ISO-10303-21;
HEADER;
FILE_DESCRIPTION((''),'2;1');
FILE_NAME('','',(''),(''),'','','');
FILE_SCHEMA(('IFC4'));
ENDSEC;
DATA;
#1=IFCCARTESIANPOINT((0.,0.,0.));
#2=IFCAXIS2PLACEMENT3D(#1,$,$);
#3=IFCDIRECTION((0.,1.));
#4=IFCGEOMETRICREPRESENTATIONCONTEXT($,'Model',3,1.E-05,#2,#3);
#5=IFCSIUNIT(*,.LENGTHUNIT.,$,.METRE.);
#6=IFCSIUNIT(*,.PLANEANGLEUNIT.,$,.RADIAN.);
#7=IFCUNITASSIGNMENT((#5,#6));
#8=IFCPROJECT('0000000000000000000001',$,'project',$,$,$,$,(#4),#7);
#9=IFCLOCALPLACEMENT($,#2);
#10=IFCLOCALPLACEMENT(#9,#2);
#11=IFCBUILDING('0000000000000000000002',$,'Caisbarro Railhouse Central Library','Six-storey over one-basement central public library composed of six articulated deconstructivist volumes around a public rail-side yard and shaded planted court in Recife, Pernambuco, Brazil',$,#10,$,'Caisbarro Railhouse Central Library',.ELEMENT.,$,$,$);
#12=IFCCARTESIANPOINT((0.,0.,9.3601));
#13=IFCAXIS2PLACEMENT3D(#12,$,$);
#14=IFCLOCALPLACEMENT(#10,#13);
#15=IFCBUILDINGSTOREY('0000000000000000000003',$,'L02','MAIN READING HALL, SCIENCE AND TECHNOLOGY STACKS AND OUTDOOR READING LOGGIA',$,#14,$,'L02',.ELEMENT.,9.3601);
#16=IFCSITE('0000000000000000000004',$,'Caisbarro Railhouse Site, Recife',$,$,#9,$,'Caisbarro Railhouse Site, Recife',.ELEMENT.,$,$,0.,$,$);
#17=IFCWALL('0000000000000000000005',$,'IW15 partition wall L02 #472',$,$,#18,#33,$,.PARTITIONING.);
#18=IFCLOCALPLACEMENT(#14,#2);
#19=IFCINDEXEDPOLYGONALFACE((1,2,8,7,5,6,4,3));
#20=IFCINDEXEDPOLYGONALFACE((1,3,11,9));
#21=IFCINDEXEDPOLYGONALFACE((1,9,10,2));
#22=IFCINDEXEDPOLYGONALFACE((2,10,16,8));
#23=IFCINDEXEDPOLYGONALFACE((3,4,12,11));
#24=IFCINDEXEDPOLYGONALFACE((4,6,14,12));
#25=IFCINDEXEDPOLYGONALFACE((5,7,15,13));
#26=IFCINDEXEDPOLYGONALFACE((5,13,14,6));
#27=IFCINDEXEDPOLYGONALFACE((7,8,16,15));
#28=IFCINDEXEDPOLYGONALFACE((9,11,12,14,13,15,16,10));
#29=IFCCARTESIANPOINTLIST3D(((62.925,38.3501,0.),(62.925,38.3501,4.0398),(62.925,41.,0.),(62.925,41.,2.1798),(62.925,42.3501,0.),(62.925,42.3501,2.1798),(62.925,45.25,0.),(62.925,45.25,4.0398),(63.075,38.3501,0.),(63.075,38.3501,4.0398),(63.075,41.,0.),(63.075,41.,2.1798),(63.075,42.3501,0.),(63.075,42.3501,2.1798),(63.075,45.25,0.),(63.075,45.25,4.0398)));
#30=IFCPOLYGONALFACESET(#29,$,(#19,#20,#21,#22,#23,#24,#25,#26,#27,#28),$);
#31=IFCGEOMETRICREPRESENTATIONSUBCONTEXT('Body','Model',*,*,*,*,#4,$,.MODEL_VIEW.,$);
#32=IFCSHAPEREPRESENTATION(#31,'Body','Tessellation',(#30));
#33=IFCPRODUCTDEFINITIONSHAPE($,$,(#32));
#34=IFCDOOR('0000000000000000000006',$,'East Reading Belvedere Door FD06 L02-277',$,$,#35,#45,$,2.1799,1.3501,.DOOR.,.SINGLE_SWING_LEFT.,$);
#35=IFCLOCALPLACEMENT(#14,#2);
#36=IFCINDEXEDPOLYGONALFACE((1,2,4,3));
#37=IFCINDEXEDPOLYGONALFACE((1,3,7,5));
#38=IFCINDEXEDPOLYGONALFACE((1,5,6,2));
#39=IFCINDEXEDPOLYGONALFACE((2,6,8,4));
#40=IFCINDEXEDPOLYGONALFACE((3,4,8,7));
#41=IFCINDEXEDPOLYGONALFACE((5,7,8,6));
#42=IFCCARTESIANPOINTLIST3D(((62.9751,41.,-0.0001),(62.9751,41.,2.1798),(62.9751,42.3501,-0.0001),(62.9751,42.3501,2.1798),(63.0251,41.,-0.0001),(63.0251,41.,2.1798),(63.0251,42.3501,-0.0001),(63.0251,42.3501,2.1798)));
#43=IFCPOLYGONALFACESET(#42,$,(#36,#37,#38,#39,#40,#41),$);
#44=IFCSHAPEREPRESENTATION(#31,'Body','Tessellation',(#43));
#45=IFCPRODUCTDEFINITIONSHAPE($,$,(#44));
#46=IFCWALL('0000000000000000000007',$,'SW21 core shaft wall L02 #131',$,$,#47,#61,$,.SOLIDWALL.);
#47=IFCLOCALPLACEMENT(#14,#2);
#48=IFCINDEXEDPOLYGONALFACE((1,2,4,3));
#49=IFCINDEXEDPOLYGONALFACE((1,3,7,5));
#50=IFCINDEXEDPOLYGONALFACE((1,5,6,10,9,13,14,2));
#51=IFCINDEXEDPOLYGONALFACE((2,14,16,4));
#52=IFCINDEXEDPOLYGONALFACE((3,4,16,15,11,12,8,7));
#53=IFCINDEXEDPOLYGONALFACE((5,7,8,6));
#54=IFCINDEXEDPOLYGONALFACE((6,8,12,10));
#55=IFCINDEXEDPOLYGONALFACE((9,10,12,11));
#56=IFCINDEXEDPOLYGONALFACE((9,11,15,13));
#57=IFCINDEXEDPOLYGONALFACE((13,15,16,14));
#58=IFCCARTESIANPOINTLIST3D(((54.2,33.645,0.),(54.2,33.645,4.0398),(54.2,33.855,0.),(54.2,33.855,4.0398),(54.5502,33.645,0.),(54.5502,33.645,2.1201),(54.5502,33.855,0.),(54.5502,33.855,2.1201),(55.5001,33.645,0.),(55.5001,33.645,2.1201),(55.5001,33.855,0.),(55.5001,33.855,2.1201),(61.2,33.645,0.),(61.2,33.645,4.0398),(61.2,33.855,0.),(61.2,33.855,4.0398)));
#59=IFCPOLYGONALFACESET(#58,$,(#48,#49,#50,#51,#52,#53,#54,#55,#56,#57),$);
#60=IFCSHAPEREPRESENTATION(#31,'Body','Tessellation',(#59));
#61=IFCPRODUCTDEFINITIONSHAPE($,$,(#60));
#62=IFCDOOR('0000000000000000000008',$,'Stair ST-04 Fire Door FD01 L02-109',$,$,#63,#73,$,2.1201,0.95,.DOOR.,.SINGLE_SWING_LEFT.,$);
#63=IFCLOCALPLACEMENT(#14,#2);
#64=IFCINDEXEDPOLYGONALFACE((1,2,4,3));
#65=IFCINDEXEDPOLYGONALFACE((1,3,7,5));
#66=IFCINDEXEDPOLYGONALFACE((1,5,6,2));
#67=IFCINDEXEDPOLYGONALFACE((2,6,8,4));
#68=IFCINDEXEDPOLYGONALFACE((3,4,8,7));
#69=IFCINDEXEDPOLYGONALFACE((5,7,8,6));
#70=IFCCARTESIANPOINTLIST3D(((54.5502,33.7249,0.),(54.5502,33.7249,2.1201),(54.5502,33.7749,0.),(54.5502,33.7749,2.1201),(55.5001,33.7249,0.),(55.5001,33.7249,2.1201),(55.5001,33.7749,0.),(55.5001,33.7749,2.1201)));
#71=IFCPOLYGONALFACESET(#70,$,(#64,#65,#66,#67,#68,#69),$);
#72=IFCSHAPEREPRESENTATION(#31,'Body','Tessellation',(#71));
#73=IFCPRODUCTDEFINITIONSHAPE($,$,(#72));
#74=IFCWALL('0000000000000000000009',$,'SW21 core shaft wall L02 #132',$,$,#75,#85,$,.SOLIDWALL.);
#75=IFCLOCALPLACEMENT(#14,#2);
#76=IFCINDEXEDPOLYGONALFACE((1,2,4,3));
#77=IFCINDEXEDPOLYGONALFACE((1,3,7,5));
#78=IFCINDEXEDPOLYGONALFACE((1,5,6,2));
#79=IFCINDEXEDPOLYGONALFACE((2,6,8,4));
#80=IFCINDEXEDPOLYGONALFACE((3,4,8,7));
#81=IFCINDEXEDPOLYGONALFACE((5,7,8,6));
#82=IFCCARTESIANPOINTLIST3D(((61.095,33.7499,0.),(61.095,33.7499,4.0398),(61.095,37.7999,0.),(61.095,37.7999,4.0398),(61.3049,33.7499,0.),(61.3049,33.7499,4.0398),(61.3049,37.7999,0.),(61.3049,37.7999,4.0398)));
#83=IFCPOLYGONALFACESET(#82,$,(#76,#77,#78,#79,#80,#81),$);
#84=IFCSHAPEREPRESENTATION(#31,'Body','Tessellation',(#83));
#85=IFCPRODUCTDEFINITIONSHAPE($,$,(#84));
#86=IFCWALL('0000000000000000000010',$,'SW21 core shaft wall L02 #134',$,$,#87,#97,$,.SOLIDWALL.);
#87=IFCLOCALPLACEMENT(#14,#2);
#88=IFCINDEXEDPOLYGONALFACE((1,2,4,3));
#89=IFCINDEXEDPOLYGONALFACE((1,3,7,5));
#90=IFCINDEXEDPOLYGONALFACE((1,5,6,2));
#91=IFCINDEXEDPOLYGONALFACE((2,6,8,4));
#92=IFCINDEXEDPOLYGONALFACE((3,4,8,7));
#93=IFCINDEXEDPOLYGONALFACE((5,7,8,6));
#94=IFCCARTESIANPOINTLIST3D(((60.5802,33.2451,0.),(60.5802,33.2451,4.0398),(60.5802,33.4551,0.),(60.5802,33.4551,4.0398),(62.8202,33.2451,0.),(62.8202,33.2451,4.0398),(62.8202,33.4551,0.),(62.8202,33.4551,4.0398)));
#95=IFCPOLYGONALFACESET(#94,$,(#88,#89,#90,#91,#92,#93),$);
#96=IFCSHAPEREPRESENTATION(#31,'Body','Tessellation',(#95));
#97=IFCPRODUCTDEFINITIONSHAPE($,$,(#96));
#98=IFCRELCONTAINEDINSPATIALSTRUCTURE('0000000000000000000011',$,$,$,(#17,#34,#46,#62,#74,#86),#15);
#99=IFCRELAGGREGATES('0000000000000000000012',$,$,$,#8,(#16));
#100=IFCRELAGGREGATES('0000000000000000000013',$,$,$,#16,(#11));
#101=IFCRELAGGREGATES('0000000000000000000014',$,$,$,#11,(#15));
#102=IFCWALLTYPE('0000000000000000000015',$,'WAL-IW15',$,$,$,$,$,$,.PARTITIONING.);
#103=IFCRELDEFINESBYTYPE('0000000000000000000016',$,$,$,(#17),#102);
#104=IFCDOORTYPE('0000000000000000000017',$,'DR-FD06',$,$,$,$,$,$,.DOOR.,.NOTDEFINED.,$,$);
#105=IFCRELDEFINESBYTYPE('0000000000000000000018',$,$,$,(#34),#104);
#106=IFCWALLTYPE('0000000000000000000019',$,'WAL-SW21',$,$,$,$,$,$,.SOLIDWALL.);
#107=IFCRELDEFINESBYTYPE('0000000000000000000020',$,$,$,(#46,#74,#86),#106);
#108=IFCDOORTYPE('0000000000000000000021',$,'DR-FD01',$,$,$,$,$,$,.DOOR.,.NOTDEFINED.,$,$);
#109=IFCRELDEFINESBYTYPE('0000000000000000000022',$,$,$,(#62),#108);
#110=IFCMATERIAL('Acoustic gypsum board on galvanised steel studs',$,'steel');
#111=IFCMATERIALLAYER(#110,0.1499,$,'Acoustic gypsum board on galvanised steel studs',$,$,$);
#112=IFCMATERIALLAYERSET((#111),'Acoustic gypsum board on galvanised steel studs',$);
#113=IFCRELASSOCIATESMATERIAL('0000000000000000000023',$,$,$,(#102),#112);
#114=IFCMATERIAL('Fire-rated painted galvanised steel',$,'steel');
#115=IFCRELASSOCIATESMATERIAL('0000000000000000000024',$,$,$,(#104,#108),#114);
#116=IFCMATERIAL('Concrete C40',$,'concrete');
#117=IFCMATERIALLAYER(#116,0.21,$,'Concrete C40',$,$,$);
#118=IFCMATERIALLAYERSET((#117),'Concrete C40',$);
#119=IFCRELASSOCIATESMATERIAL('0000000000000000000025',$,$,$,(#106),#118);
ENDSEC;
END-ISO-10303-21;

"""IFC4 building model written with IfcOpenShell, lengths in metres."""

from ifc_helpers import new_model, si_unit, direction, frame, frame_2d, origin, place, context, subcontext, project, spatial, rectangle, extrude, material, layer, layer_set, type_object, element, fill, save


model = new_model("IFC4")

# Units and contexts
model_context = context("Model", 3, precision=1e-05, world=origin(), true_north=direction((0.0, 1.0)))
body_context = subcontext(model_context, "Body", "Model", "MODEL_VIEW")
ifc_project = project(units=[si_unit("LENGTHUNIT", "METRE"), si_unit("PLANEANGLEUNIT", "RADIAN")], contexts=[model_context])

# Site, building, storey
site_placement = place(None, origin())
site = spatial("IfcSite", under=ifc_project, at=site_placement, Name="Caisbarro Railhouse Site, Recife", LongName="Caisbarro Railhouse Site, Recife", CompositionType="ELEMENT", RefElevation=0.0)
building_placement = place(site_placement, origin())
building = spatial("IfcBuilding", under=site, at=building_placement, Name="Caisbarro Railhouse Central Library", Description="Six-storey over one-basement central public library composed of six articulated deconstructivist volumes around a public rail-side yard and shaded planted court in Recife, Pernambuco, Brazil", LongName="Caisbarro Railhouse Central Library", CompositionType="ELEMENT")
storey_placement = place(building_placement, frame((0.0, 0.0, 9.3601)))
storey = spatial("IfcBuildingStorey", under=building, at=storey_placement, Name="L02", Description="MAIN READING HALL, SCIENCE AND TECHNOLOGY STACKS AND OUTDOOR READING LOGGIA", LongName="L02", CompositionType="ELEMENT", Elevation=9.3601)

# Shared definitions
ifc_material_1 = material(Name="Concrete C40", Category="concrete")
ifc_material_2 = material(Name="Acoustic gypsum board on galvanised steel studs", Category="steel")

# Walls, openings, doors
ifc_layer_1 = layer(ifc_material_2, 0.1499, Name="Acoustic gypsum board on galvanised steel studs")
ifc_layer_set_1 = layer_set([ifc_layer_1], Name="Acoustic gypsum board on galvanised steel studs")
wall_type_1 = type_object("IfcWallType", Name="WAL-IW15", PredefinedType="PARTITIONING", material=ifc_layer_set_1)
wall_1_placement = place(storey_placement, frame((63.0, 38.3501, 0.0), z_axis=(0.0, 0.0, 1.0), x_axis=(0.0, 1.0, 0.0)))
wall_1 = element("IfcWall", 1, at=wall_1_placement, inside=storey, type_object=wall_type_1, Name="IW15 partition wall L02 #472", PredefinedType="PARTITIONING", context=body_context, shape_type="SweptSolid", body=[
    extrude(rectangle(XDim=6.8999, YDim=0.1499, at=frame_2d((3.45, 0.0))), origin(), (0.0, 0.0, 1.0), 4.0398),
])
opening_1_placement = place(wall_1_placement, frame((2.6499, 0.0, 0.0)))
opening_1 = element("IfcOpeningElement", 2, at=opening_1_placement, cuts=wall_1, PredefinedType="OPENING", context=body_context, shape_type="SweptSolid", body=[
    extrude(rectangle(XDim=1.3501, YDim=2.1799, at=frame_2d((0.675, 1.0898))), frame((0.0, 0.085, 0.0), z_axis=(0.0, -1.0, 0.0), x_axis=(1.0, 0.0, 0.0)), (0.0, 0.0, 1.0), 0.1699),
])
ifc_material_3 = material(Name="Fire-rated painted galvanised steel", Category="steel")
door_type_1 = type_object("IfcDoorType", Name="DR-FD06", OperationType="NOTDEFINED", PredefinedType="DOOR", material=ifc_material_3)
door_1_placement = place(opening_1_placement, origin())
door_1 = element("IfcDoor", 3, at=door_1_placement, inside=storey, type_object=door_type_1, Name="East Reading Belvedere Door FD06 L02-277", OperationType="SINGLE_SWING_LEFT", OverallHeight=2.1799, OverallWidth=1.3501, PredefinedType="DOOR", context=body_context, shape_type="SweptSolid", body=[
    extrude(rectangle(XDim=1.3501, YDim=2.1799, at=frame_2d((0.675, 1.0898))), frame((0.0, 0.0249, 0.0), z_axis=(0.0, -1.0, 0.0), x_axis=(1.0, 0.0, 0.0)), (0.0, 0.0, 1.0), 0.05),
])
fill(opening_1, door_1)
ifc_layer_2 = layer(ifc_material_1, 0.21, Name="Concrete C40")
ifc_layer_set_2 = layer_set([ifc_layer_2], Name="Concrete C40")
wall_type_2 = type_object("IfcWallType", Name="WAL-SW21", PredefinedType="SOLIDWALL", material=ifc_layer_set_2)
wall_2_placement = place(storey_placement, frame((54.2, 33.75, 0.0), z_axis=(0.0, 0.0, 1.0), x_axis=(1.0, 0.0, 0.0)))
wall_2 = element("IfcWall", 4, at=wall_2_placement, inside=storey, type_object=wall_type_2, Name="SW21 core shaft wall L02 #131", PredefinedType="SOLIDWALL", context=body_context, shape_type="SweptSolid", body=[
    extrude(rectangle(XDim=7.0, YDim=0.21, at=frame_2d((3.5, 0.0))), origin(), (0.0, 0.0, 1.0), 4.0398),
])
opening_2_placement = place(wall_2_placement, frame((0.3501, 0.0, 0.0)))
opening_2 = element("IfcOpeningElement", 5, at=opening_2_placement, cuts=wall_2, PredefinedType="OPENING", context=body_context, shape_type="SweptSolid", body=[
    extrude(rectangle(XDim=0.95, YDim=2.1201, at=frame_2d((0.4751, 1.0601))), frame((0.0, 0.115, 0.0), z_axis=(0.0, -1.0, 0.0), x_axis=(1.0, 0.0, 0.0)), (0.0, 0.0, 1.0), 0.23),
])
door_type_2 = type_object("IfcDoorType", Name="DR-FD01", OperationType="NOTDEFINED", PredefinedType="DOOR", material=ifc_material_3)
door_2_placement = place(opening_2_placement, origin())
door_2 = element("IfcDoor", 6, at=door_2_placement, inside=storey, type_object=door_type_2, Name="Stair ST-04 Fire Door FD01 L02-109", OperationType="SINGLE_SWING_LEFT", OverallHeight=2.1201, OverallWidth=0.95, PredefinedType="DOOR", context=body_context, shape_type="SweptSolid", body=[
    extrude(rectangle(XDim=0.95, YDim=2.1201, at=frame_2d((0.4751, 1.0601))), frame((0.0, 0.0249, 0.0), z_axis=(0.0, -1.0, 0.0), x_axis=(1.0, 0.0, 0.0)), (0.0, 0.0, 1.0), 0.05),
])
fill(opening_2, door_2)

# Walls
wall_3_placement = place(storey_placement, frame((61.2, 33.75, 0.0), z_axis=(0.0, 0.0, 1.0), x_axis=(0.0, 1.0, 0.0)))
element("IfcWall", 7, at=wall_3_placement, inside=storey, type_object=wall_type_2, Name="SW21 core shaft wall L02 #132", PredefinedType="SOLIDWALL", context=body_context, shape_type="SweptSolid", body=[
    extrude(rectangle(XDim=4.05, YDim=0.21, at=frame_2d((2.0249, 0.0))), origin(), (0.0, 0.0, 1.0), 4.0398),
])
wall_4_placement = place(storey_placement, frame((60.5801, 33.3501, 0.0), z_axis=(0.0, 0.0, 1.0), x_axis=(1.0, 0.0, 0.0)))
element("IfcWall", 8, at=wall_4_placement, inside=storey, type_object=wall_type_2, Name="SW21 core shaft wall L02 #134", PredefinedType="SOLIDWALL", context=body_context, shape_type="SweptSolid", body=[
    extrude(rectangle(XDim=2.24, YDim=0.21, at=frame_2d((1.1201, 0.0))), origin(), (0.0, 0.0, 1.0), 4.0398),
])

save(model, "model.ifc")
